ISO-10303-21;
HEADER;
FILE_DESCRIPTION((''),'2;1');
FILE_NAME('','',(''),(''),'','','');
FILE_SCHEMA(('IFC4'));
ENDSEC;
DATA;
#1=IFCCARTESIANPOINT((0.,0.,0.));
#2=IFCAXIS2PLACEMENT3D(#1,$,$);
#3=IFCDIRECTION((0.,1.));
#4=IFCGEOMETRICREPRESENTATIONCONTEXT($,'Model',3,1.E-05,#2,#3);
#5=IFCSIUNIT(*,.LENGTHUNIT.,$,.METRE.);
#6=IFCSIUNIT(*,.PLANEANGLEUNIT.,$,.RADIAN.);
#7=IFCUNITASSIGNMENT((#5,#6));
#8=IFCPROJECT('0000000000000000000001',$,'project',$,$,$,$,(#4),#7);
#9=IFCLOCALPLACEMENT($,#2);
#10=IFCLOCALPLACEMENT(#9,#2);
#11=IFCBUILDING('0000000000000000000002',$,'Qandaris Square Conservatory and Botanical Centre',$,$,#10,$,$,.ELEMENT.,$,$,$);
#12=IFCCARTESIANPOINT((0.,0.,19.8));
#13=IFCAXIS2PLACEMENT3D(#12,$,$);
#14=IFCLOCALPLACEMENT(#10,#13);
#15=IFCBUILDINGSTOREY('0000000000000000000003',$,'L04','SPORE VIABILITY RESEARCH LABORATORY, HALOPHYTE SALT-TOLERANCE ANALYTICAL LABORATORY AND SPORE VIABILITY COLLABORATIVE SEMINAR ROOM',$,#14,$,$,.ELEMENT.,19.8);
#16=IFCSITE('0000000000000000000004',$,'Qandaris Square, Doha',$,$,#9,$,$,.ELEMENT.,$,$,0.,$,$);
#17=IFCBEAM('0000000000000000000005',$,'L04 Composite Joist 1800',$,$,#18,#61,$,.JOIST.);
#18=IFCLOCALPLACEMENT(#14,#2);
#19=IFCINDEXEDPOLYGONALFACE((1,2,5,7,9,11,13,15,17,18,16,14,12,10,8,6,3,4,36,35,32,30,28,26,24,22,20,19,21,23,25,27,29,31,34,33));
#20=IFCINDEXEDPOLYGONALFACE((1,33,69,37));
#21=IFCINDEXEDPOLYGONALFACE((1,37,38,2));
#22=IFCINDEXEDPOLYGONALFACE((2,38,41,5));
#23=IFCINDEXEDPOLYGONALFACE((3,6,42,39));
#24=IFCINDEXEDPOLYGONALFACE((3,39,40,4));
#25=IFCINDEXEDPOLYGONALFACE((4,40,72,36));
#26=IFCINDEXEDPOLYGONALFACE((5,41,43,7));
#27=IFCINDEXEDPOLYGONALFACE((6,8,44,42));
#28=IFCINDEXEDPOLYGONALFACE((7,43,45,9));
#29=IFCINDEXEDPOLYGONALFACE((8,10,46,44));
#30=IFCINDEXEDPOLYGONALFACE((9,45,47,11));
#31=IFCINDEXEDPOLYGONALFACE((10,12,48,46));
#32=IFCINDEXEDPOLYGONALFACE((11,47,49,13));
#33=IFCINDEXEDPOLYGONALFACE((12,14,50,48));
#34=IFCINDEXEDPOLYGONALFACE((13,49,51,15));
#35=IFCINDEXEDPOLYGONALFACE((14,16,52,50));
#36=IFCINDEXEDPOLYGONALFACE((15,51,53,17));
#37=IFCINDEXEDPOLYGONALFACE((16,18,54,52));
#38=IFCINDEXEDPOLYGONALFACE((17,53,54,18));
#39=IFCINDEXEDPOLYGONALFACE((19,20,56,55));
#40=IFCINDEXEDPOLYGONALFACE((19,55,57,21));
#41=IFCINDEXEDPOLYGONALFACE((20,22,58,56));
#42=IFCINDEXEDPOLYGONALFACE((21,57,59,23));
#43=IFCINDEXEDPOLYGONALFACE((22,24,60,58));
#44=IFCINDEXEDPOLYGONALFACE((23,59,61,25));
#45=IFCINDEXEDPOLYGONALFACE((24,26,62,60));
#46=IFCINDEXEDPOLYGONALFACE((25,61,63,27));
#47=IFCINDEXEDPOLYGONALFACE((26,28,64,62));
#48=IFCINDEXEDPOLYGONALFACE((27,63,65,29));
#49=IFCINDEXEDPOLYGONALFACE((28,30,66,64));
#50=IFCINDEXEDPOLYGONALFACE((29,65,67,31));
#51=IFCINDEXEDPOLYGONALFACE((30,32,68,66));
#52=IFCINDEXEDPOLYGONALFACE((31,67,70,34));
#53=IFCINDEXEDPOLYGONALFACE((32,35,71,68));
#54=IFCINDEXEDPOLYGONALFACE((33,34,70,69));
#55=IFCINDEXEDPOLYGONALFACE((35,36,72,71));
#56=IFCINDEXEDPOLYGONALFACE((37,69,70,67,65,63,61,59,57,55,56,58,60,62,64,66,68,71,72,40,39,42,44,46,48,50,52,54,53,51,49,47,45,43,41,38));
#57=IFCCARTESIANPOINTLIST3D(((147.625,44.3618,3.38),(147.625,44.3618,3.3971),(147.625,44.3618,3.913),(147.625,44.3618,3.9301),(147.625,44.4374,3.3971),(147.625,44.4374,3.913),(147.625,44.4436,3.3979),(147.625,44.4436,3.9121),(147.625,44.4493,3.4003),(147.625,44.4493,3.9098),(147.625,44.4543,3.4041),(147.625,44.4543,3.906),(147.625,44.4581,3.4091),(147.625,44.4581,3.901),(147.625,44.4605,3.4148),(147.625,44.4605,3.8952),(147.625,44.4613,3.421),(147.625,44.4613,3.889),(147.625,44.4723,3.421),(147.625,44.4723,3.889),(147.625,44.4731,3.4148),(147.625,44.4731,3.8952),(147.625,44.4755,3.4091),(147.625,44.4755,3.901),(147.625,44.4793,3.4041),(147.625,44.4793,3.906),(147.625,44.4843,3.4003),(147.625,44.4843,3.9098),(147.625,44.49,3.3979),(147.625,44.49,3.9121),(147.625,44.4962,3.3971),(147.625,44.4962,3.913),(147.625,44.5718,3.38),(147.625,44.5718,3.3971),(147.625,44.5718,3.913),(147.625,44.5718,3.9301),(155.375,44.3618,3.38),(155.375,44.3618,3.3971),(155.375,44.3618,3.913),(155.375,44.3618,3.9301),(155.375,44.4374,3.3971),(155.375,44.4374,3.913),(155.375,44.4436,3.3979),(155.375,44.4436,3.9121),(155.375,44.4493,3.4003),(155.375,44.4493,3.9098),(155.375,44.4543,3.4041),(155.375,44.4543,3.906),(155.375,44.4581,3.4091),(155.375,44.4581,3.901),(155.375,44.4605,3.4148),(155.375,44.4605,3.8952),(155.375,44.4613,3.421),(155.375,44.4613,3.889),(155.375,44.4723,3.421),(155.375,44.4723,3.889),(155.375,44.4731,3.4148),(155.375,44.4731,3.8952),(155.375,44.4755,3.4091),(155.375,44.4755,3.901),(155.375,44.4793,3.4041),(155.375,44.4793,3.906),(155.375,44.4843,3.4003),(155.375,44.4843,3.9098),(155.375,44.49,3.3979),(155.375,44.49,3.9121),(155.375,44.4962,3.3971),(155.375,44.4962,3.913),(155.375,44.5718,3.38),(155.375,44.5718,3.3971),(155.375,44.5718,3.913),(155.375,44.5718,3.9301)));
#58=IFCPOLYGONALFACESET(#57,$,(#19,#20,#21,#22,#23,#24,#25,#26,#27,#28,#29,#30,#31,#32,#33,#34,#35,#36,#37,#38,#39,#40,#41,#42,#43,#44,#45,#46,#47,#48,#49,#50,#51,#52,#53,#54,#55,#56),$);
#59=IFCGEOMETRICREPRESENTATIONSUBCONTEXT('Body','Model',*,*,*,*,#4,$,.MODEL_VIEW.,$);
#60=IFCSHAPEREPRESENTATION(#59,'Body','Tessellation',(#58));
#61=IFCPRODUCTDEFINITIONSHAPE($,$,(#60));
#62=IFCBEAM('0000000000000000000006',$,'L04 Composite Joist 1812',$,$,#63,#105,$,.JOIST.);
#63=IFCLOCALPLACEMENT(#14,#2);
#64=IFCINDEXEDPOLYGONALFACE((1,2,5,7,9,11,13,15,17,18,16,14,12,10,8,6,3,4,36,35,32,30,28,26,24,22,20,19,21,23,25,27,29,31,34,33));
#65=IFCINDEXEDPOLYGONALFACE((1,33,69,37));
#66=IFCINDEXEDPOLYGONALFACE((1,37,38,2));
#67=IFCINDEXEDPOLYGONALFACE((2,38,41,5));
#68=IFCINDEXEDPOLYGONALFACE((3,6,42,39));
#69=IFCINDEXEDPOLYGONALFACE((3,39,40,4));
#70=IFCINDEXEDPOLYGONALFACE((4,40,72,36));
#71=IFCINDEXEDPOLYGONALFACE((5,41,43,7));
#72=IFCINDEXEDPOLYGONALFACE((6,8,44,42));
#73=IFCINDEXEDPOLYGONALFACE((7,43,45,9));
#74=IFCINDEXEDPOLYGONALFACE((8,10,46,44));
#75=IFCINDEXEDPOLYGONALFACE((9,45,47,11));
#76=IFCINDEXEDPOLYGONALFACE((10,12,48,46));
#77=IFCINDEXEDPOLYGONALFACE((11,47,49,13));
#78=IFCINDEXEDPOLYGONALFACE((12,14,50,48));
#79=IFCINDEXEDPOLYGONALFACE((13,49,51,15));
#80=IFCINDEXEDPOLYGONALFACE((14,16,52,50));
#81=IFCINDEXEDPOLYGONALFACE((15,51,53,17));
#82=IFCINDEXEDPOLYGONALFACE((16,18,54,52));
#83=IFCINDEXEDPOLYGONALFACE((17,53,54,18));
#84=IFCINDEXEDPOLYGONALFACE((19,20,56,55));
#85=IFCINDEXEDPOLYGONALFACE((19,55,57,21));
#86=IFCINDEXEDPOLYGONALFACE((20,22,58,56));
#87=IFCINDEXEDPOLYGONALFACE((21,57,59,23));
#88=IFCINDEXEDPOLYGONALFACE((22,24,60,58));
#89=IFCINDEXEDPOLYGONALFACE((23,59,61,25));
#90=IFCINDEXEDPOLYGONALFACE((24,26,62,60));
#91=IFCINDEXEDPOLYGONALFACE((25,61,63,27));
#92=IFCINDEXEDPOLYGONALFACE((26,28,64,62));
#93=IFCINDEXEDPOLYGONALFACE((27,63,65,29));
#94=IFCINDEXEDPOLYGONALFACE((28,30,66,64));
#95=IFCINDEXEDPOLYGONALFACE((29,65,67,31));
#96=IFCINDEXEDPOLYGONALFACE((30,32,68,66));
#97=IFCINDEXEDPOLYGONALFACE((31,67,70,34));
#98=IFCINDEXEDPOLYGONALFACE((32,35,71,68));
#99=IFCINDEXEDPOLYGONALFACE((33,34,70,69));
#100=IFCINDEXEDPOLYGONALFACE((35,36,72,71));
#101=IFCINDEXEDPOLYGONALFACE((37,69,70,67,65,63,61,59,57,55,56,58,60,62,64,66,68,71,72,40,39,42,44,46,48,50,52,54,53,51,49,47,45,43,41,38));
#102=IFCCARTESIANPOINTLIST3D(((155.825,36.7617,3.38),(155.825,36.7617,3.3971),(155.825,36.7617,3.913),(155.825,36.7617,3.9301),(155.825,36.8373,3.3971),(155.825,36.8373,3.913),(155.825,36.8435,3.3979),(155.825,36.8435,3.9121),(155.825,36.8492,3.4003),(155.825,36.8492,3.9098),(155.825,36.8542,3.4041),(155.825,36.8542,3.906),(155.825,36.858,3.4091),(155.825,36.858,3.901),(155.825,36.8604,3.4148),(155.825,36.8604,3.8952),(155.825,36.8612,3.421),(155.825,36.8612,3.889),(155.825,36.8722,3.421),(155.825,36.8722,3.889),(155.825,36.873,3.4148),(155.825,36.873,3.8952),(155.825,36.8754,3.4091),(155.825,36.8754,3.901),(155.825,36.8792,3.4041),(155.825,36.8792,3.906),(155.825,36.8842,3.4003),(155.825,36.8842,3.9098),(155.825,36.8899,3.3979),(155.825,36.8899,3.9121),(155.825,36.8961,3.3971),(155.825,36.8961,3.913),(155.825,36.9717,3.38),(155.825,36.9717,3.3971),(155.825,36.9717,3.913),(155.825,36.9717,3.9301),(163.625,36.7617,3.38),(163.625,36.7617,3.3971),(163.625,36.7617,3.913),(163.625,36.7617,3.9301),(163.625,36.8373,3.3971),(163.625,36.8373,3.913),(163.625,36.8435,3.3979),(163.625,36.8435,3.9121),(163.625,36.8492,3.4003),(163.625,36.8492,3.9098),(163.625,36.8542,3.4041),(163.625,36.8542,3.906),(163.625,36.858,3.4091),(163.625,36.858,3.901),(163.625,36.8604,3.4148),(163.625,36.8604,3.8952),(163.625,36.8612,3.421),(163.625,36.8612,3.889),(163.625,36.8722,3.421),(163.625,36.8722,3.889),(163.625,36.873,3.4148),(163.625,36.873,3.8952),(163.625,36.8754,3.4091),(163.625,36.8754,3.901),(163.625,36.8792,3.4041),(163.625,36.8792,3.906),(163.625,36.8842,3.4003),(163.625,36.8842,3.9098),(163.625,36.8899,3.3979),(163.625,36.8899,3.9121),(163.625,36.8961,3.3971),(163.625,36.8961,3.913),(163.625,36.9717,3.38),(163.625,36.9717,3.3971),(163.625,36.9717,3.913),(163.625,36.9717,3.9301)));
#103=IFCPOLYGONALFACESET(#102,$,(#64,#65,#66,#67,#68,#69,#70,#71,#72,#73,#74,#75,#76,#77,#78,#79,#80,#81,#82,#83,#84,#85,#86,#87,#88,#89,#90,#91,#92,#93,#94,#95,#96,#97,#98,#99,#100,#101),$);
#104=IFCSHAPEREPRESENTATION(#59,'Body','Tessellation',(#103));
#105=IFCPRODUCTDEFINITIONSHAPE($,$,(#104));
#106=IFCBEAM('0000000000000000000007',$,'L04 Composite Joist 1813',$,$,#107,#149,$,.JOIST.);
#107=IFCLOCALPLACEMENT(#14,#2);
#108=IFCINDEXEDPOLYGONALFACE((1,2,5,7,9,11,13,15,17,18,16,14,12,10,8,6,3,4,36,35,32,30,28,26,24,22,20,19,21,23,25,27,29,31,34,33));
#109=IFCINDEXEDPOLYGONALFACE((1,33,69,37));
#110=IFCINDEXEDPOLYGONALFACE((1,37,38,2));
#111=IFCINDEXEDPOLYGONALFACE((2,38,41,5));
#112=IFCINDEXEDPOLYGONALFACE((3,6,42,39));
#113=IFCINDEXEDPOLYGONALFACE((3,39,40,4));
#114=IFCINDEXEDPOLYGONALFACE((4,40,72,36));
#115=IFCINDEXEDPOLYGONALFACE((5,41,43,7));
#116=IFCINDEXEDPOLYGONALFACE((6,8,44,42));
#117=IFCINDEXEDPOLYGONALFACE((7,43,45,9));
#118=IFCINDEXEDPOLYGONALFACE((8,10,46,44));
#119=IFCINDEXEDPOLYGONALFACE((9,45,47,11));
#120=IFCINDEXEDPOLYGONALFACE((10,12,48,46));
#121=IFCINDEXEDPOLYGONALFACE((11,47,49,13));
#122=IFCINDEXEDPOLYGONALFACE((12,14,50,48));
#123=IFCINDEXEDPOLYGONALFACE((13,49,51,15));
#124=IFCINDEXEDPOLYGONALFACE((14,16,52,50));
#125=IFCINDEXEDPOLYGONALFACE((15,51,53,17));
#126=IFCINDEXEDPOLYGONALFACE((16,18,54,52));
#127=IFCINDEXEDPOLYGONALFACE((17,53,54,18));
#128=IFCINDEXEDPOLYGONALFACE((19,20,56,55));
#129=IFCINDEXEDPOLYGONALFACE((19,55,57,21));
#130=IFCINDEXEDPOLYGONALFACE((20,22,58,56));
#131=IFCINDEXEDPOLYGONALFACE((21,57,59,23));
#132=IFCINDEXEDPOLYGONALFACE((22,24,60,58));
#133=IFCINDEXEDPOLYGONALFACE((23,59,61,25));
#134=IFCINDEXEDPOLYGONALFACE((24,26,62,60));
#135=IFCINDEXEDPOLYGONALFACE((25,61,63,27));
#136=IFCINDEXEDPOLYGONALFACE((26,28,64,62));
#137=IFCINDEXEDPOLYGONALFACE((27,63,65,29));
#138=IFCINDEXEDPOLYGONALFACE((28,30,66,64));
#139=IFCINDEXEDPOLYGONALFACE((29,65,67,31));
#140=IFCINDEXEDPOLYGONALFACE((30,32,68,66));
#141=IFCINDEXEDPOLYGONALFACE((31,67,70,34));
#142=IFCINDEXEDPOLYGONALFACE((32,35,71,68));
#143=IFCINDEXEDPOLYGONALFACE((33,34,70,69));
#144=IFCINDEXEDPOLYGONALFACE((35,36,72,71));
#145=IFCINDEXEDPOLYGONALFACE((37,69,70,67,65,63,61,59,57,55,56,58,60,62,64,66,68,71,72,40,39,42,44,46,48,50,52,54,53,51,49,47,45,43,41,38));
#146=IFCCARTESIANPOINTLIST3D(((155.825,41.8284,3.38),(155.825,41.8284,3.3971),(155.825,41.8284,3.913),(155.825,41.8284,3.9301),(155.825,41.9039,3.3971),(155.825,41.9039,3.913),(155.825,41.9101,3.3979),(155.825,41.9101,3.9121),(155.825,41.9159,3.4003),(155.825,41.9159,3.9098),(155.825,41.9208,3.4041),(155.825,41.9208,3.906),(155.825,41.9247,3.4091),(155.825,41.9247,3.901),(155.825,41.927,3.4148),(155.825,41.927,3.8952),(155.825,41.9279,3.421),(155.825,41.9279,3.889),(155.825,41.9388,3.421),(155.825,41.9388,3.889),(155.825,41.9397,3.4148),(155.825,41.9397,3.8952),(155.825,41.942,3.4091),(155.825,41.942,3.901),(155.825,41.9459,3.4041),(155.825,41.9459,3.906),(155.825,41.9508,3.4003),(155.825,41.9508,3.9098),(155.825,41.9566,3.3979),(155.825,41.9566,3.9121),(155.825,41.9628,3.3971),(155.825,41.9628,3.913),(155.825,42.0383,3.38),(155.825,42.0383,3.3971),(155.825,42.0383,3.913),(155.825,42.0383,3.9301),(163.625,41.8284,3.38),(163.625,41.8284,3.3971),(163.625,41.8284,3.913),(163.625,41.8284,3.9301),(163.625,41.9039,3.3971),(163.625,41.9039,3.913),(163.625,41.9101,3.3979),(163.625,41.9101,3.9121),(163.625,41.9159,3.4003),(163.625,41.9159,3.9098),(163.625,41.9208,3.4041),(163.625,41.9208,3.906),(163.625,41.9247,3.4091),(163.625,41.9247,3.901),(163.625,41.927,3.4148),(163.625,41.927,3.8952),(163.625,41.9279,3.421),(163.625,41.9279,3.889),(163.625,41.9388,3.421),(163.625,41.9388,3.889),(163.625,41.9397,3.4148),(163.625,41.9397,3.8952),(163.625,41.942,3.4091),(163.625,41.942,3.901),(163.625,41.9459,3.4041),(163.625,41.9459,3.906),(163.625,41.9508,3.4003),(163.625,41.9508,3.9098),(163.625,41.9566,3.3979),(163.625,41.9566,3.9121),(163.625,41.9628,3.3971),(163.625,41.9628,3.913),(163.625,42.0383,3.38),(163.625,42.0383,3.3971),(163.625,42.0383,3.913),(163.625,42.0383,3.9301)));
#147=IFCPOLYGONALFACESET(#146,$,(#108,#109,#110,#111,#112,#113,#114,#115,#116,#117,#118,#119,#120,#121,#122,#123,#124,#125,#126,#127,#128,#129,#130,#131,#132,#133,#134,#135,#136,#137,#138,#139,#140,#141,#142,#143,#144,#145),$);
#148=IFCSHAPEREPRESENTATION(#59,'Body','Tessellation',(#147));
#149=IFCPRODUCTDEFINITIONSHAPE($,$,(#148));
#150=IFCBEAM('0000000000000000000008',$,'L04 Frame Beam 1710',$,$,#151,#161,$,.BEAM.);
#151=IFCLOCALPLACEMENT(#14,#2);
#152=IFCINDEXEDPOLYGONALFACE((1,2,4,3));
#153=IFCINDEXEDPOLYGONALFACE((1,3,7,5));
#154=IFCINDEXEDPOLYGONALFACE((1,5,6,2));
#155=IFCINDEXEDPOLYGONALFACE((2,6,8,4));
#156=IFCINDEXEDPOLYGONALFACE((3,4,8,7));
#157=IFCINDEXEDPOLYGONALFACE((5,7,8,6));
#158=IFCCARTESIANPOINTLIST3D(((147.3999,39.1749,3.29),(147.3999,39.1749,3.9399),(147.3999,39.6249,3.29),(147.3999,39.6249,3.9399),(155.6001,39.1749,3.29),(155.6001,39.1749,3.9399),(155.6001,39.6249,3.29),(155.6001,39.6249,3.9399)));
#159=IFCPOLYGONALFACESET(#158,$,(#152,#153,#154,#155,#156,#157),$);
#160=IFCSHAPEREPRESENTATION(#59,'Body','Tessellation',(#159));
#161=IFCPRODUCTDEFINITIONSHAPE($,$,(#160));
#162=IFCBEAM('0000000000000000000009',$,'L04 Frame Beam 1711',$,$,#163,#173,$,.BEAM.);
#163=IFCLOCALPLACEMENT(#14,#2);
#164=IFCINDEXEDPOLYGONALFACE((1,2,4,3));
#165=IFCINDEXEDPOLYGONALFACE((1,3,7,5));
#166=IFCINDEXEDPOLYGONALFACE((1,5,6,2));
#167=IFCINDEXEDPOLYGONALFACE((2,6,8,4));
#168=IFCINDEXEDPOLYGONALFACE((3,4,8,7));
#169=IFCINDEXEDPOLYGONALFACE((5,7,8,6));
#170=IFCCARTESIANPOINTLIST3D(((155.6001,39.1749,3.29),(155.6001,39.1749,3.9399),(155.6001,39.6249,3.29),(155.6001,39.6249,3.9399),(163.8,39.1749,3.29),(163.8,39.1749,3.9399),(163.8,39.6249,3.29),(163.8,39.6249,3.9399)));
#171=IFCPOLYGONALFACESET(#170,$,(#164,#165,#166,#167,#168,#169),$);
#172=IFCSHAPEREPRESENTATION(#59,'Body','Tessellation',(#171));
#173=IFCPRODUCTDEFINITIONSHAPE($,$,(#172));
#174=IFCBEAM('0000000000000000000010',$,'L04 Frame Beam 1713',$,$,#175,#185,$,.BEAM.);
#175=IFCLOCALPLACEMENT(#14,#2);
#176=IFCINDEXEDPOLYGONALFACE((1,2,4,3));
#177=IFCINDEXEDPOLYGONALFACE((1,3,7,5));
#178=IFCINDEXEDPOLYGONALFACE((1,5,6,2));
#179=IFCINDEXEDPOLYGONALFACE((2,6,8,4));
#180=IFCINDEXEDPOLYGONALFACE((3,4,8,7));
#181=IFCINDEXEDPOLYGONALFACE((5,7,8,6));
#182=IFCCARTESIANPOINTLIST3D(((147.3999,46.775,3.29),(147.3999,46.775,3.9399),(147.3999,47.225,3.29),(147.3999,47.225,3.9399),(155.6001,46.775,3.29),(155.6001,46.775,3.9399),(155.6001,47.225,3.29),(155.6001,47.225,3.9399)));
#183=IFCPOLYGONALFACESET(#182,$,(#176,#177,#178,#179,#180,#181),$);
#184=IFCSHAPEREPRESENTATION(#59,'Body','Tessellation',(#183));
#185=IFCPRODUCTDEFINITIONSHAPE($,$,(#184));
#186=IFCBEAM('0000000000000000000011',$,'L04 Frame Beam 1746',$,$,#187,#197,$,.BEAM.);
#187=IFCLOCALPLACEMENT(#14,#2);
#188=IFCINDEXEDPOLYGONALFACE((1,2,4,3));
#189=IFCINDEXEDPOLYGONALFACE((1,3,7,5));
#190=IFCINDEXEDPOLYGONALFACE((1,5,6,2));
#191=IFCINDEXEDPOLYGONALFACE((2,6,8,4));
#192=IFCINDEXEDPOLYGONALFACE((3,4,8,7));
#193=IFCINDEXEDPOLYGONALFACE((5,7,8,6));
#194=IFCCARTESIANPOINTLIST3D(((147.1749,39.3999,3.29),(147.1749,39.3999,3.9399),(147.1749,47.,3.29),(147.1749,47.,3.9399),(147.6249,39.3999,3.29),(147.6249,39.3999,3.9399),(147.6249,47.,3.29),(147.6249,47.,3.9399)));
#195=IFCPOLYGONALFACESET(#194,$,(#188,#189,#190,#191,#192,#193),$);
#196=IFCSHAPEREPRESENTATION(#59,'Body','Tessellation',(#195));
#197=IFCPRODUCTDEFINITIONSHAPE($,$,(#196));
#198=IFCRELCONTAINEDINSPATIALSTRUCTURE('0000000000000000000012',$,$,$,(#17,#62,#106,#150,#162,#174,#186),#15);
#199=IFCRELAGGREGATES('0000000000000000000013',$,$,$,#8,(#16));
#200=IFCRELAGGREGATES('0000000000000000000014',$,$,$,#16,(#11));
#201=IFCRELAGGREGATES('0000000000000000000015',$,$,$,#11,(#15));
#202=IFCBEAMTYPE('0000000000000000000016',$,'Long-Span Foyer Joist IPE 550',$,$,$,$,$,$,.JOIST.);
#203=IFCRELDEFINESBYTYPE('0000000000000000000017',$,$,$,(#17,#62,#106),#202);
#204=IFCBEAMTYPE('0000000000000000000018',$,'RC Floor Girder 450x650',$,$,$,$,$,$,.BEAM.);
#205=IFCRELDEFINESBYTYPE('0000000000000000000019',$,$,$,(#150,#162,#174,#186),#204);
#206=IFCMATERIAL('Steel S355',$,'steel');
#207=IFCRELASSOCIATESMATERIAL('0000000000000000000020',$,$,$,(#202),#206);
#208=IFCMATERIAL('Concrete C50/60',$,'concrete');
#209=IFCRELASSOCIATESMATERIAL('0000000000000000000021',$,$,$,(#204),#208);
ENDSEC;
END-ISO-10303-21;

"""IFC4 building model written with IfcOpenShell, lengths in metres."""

from ifc_helpers import new_model, si_unit, direction, frame, origin, origin_2d, place, context, subcontext, project, spatial, rectangle, i_section, extrude, material, material_profile, profile_set, type_object, element, save


model = new_model("IFC4")

# Units and contexts
model_context = context("Model", 3, precision=1e-05, world=origin(), true_north=direction((0.0, 1.0)))
body_context = subcontext(model_context, "Body", "Model", "MODEL_VIEW")
ifc_project = project(units=[si_unit("LENGTHUNIT", "METRE"), si_unit("PLANEANGLEUNIT", "RADIAN")], contexts=[model_context])

# Site, building, storey
site_placement = place(None, origin())
site = spatial("IfcSite", under=ifc_project, at=site_placement, Name="Qandaris Square, Doha", CompositionType="ELEMENT", RefElevation=0.0)
building_placement = place(site_placement, origin())
building = spatial("IfcBuilding", under=site, at=building_placement, Name="Qandaris Square Conservatory and Botanical Centre", CompositionType="ELEMENT")
storey_placement = place(building_placement, frame((0.0, 0.0, 19.8)))
storey = spatial("IfcBuildingStorey", under=building, at=storey_placement, Name="L04", Description="SPORE VIABILITY RESEARCH LABORATORY, HALOPHYTE SALT-TOLERANCE ANALYTICAL LABORATORY AND SPORE VIABILITY COLLABORATIVE SEMINAR ROOM", CompositionType="ELEMENT", Elevation=19.8)

# Shared definitions
ifc_material_1 = material(Name="Concrete C50/60", Category="concrete")

# Beams
ifc_material_2 = material(Name="Steel S355", Category="steel")
ifc_material_profile_1 = material_profile(ifc_material_2, i_section(OverallWidth=0.21, OverallDepth=0.55, WebThickness=0.011, FlangeThickness=0.0171, FilletRadius=0.0239, at=origin_2d()), Name="IPE 550")
ifc_profile_set_1 = profile_set([ifc_material_profile_1], Name="Steel S355")
beam_type_1 = type_object("IfcBeamType", Name="Long-Span Foyer Joist IPE 550", PredefinedType="JOIST", material=ifc_profile_set_1)
beam_1_placement = place(storey_placement, frame((147.625, 44.4668, 3.655), z_axis=(1.0, 0.0, 0.0), x_axis=(0.0, 1.0, 0.0)))
element("IfcBeam", 1, at=beam_1_placement, inside=storey, type_object=beam_type_1, Name="L04 Composite Joist 1800", PredefinedType="JOIST", context=body_context, shape_type="SweptSolid", body=[
    extrude(i_section(OverallWidth=0.21, OverallDepth=0.55, WebThickness=0.011, FlangeThickness=0.0171, FilletRadius=0.0239, at=origin_2d()), origin(), (0.0, 0.0, 1.0), 7.75),
])
for number, where, z_axis, x_axis, name in (
    (2, (155.825, 36.8667, 3.655), (1.0, 0.0, 0.0), (0.0, 1.0, 0.0), "L04 Composite Joist 1812"),
    (3, (155.825, 41.9333, 3.655), (1.0, 0.0, 0.0), (0.0, 1.0, 0.0), "L04 Composite Joist 1813"),
):
    element("IfcBeam", number, at=place(storey_placement, frame(where, z_axis=z_axis, x_axis=x_axis)), inside=storey, type_object=beam_type_1, Name=name, PredefinedType="JOIST", context=body_context, shape_type="SweptSolid", body=[
        extrude(i_section(OverallWidth=0.21, OverallDepth=0.55, WebThickness=0.011, FlangeThickness=0.0171, FilletRadius=0.0239, at=origin_2d()), origin(), (0.0, 0.0, 1.0), 7.8),
    ])
ifc_material_profile_2 = material_profile(ifc_material_1, rectangle(XDim=0.45, YDim=0.6499, at=origin_2d()), Name="RC-BM 450x650")
ifc_profile_set_2 = profile_set([ifc_material_profile_2], Name="Concrete C50/60")
beam_type_2 = type_object("IfcBeamType", Name="RC Floor Girder 450x650", PredefinedType="BEAM", material=ifc_profile_set_2)
beam_2_placement = place(storey_placement, frame((147.3999, 39.3999, 3.615), z_axis=(1.0, 0.0, 0.0), x_axis=(0.0, 1.0, 0.0)))
element("IfcBeam", 4, at=beam_2_placement, inside=storey, type_object=beam_type_2, Name="L04 Frame Beam 1710", PredefinedType="BEAM", context=body_context, shape_type="SweptSolid", body=[
    extrude(rectangle(XDim=0.45, YDim=0.6499, at=origin_2d()), origin(), (0.0, 0.0, 1.0), 8.2002),
])
beam_3_placement = place(storey_placement, frame((155.6001, 39.3999, 3.615), z_axis=(1.0, 0.0, 0.0), x_axis=(0.0, 1.0, 0.0)))
element("IfcBeam", 5, at=beam_3_placement, inside=storey, type_object=beam_type_2, Name="L04 Frame Beam 1711", PredefinedType="BEAM", context=body_context, shape_type="SweptSolid", body=[
    extrude(rectangle(XDim=0.45, YDim=0.6499, at=origin_2d()), origin(), (0.0, 0.0, 1.0), 8.2),
])
beam_4_placement = place(storey_placement, frame((147.3999, 47.0, 3.615), z_axis=(1.0, 0.0, 0.0), x_axis=(0.0, 1.0, 0.0)))
element("IfcBeam", 6, at=beam_4_placement, inside=storey, type_object=beam_type_2, Name="L04 Frame Beam 1713", PredefinedType="BEAM", context=body_context, shape_type="SweptSolid", body=[
    extrude(rectangle(XDim=0.45, YDim=0.6499, at=origin_2d()), origin(), (0.0, 0.0, 1.0), 8.2002),
])
for number, where, z_axis, x_axis, name in (
    (7, (147.3999, 39.3999, 3.615), (0.0, 1.0, 0.0), (-1.0, 0.0, 0.0), "L04 Frame Beam 1746"),
):
    element("IfcBeam", number, at=place(storey_placement, frame(where, z_axis=z_axis, x_axis=x_axis)), inside=storey, type_object=beam_type_2, Name=name, PredefinedType="BEAM", context=body_context, shape_type="SweptSolid", body=[
        extrude(rectangle(XDim=0.45, YDim=0.6499, at=origin_2d()), origin(), (0.0, 0.0, 1.0), 7.6001),
    ])

save(model, "model.ifc")
